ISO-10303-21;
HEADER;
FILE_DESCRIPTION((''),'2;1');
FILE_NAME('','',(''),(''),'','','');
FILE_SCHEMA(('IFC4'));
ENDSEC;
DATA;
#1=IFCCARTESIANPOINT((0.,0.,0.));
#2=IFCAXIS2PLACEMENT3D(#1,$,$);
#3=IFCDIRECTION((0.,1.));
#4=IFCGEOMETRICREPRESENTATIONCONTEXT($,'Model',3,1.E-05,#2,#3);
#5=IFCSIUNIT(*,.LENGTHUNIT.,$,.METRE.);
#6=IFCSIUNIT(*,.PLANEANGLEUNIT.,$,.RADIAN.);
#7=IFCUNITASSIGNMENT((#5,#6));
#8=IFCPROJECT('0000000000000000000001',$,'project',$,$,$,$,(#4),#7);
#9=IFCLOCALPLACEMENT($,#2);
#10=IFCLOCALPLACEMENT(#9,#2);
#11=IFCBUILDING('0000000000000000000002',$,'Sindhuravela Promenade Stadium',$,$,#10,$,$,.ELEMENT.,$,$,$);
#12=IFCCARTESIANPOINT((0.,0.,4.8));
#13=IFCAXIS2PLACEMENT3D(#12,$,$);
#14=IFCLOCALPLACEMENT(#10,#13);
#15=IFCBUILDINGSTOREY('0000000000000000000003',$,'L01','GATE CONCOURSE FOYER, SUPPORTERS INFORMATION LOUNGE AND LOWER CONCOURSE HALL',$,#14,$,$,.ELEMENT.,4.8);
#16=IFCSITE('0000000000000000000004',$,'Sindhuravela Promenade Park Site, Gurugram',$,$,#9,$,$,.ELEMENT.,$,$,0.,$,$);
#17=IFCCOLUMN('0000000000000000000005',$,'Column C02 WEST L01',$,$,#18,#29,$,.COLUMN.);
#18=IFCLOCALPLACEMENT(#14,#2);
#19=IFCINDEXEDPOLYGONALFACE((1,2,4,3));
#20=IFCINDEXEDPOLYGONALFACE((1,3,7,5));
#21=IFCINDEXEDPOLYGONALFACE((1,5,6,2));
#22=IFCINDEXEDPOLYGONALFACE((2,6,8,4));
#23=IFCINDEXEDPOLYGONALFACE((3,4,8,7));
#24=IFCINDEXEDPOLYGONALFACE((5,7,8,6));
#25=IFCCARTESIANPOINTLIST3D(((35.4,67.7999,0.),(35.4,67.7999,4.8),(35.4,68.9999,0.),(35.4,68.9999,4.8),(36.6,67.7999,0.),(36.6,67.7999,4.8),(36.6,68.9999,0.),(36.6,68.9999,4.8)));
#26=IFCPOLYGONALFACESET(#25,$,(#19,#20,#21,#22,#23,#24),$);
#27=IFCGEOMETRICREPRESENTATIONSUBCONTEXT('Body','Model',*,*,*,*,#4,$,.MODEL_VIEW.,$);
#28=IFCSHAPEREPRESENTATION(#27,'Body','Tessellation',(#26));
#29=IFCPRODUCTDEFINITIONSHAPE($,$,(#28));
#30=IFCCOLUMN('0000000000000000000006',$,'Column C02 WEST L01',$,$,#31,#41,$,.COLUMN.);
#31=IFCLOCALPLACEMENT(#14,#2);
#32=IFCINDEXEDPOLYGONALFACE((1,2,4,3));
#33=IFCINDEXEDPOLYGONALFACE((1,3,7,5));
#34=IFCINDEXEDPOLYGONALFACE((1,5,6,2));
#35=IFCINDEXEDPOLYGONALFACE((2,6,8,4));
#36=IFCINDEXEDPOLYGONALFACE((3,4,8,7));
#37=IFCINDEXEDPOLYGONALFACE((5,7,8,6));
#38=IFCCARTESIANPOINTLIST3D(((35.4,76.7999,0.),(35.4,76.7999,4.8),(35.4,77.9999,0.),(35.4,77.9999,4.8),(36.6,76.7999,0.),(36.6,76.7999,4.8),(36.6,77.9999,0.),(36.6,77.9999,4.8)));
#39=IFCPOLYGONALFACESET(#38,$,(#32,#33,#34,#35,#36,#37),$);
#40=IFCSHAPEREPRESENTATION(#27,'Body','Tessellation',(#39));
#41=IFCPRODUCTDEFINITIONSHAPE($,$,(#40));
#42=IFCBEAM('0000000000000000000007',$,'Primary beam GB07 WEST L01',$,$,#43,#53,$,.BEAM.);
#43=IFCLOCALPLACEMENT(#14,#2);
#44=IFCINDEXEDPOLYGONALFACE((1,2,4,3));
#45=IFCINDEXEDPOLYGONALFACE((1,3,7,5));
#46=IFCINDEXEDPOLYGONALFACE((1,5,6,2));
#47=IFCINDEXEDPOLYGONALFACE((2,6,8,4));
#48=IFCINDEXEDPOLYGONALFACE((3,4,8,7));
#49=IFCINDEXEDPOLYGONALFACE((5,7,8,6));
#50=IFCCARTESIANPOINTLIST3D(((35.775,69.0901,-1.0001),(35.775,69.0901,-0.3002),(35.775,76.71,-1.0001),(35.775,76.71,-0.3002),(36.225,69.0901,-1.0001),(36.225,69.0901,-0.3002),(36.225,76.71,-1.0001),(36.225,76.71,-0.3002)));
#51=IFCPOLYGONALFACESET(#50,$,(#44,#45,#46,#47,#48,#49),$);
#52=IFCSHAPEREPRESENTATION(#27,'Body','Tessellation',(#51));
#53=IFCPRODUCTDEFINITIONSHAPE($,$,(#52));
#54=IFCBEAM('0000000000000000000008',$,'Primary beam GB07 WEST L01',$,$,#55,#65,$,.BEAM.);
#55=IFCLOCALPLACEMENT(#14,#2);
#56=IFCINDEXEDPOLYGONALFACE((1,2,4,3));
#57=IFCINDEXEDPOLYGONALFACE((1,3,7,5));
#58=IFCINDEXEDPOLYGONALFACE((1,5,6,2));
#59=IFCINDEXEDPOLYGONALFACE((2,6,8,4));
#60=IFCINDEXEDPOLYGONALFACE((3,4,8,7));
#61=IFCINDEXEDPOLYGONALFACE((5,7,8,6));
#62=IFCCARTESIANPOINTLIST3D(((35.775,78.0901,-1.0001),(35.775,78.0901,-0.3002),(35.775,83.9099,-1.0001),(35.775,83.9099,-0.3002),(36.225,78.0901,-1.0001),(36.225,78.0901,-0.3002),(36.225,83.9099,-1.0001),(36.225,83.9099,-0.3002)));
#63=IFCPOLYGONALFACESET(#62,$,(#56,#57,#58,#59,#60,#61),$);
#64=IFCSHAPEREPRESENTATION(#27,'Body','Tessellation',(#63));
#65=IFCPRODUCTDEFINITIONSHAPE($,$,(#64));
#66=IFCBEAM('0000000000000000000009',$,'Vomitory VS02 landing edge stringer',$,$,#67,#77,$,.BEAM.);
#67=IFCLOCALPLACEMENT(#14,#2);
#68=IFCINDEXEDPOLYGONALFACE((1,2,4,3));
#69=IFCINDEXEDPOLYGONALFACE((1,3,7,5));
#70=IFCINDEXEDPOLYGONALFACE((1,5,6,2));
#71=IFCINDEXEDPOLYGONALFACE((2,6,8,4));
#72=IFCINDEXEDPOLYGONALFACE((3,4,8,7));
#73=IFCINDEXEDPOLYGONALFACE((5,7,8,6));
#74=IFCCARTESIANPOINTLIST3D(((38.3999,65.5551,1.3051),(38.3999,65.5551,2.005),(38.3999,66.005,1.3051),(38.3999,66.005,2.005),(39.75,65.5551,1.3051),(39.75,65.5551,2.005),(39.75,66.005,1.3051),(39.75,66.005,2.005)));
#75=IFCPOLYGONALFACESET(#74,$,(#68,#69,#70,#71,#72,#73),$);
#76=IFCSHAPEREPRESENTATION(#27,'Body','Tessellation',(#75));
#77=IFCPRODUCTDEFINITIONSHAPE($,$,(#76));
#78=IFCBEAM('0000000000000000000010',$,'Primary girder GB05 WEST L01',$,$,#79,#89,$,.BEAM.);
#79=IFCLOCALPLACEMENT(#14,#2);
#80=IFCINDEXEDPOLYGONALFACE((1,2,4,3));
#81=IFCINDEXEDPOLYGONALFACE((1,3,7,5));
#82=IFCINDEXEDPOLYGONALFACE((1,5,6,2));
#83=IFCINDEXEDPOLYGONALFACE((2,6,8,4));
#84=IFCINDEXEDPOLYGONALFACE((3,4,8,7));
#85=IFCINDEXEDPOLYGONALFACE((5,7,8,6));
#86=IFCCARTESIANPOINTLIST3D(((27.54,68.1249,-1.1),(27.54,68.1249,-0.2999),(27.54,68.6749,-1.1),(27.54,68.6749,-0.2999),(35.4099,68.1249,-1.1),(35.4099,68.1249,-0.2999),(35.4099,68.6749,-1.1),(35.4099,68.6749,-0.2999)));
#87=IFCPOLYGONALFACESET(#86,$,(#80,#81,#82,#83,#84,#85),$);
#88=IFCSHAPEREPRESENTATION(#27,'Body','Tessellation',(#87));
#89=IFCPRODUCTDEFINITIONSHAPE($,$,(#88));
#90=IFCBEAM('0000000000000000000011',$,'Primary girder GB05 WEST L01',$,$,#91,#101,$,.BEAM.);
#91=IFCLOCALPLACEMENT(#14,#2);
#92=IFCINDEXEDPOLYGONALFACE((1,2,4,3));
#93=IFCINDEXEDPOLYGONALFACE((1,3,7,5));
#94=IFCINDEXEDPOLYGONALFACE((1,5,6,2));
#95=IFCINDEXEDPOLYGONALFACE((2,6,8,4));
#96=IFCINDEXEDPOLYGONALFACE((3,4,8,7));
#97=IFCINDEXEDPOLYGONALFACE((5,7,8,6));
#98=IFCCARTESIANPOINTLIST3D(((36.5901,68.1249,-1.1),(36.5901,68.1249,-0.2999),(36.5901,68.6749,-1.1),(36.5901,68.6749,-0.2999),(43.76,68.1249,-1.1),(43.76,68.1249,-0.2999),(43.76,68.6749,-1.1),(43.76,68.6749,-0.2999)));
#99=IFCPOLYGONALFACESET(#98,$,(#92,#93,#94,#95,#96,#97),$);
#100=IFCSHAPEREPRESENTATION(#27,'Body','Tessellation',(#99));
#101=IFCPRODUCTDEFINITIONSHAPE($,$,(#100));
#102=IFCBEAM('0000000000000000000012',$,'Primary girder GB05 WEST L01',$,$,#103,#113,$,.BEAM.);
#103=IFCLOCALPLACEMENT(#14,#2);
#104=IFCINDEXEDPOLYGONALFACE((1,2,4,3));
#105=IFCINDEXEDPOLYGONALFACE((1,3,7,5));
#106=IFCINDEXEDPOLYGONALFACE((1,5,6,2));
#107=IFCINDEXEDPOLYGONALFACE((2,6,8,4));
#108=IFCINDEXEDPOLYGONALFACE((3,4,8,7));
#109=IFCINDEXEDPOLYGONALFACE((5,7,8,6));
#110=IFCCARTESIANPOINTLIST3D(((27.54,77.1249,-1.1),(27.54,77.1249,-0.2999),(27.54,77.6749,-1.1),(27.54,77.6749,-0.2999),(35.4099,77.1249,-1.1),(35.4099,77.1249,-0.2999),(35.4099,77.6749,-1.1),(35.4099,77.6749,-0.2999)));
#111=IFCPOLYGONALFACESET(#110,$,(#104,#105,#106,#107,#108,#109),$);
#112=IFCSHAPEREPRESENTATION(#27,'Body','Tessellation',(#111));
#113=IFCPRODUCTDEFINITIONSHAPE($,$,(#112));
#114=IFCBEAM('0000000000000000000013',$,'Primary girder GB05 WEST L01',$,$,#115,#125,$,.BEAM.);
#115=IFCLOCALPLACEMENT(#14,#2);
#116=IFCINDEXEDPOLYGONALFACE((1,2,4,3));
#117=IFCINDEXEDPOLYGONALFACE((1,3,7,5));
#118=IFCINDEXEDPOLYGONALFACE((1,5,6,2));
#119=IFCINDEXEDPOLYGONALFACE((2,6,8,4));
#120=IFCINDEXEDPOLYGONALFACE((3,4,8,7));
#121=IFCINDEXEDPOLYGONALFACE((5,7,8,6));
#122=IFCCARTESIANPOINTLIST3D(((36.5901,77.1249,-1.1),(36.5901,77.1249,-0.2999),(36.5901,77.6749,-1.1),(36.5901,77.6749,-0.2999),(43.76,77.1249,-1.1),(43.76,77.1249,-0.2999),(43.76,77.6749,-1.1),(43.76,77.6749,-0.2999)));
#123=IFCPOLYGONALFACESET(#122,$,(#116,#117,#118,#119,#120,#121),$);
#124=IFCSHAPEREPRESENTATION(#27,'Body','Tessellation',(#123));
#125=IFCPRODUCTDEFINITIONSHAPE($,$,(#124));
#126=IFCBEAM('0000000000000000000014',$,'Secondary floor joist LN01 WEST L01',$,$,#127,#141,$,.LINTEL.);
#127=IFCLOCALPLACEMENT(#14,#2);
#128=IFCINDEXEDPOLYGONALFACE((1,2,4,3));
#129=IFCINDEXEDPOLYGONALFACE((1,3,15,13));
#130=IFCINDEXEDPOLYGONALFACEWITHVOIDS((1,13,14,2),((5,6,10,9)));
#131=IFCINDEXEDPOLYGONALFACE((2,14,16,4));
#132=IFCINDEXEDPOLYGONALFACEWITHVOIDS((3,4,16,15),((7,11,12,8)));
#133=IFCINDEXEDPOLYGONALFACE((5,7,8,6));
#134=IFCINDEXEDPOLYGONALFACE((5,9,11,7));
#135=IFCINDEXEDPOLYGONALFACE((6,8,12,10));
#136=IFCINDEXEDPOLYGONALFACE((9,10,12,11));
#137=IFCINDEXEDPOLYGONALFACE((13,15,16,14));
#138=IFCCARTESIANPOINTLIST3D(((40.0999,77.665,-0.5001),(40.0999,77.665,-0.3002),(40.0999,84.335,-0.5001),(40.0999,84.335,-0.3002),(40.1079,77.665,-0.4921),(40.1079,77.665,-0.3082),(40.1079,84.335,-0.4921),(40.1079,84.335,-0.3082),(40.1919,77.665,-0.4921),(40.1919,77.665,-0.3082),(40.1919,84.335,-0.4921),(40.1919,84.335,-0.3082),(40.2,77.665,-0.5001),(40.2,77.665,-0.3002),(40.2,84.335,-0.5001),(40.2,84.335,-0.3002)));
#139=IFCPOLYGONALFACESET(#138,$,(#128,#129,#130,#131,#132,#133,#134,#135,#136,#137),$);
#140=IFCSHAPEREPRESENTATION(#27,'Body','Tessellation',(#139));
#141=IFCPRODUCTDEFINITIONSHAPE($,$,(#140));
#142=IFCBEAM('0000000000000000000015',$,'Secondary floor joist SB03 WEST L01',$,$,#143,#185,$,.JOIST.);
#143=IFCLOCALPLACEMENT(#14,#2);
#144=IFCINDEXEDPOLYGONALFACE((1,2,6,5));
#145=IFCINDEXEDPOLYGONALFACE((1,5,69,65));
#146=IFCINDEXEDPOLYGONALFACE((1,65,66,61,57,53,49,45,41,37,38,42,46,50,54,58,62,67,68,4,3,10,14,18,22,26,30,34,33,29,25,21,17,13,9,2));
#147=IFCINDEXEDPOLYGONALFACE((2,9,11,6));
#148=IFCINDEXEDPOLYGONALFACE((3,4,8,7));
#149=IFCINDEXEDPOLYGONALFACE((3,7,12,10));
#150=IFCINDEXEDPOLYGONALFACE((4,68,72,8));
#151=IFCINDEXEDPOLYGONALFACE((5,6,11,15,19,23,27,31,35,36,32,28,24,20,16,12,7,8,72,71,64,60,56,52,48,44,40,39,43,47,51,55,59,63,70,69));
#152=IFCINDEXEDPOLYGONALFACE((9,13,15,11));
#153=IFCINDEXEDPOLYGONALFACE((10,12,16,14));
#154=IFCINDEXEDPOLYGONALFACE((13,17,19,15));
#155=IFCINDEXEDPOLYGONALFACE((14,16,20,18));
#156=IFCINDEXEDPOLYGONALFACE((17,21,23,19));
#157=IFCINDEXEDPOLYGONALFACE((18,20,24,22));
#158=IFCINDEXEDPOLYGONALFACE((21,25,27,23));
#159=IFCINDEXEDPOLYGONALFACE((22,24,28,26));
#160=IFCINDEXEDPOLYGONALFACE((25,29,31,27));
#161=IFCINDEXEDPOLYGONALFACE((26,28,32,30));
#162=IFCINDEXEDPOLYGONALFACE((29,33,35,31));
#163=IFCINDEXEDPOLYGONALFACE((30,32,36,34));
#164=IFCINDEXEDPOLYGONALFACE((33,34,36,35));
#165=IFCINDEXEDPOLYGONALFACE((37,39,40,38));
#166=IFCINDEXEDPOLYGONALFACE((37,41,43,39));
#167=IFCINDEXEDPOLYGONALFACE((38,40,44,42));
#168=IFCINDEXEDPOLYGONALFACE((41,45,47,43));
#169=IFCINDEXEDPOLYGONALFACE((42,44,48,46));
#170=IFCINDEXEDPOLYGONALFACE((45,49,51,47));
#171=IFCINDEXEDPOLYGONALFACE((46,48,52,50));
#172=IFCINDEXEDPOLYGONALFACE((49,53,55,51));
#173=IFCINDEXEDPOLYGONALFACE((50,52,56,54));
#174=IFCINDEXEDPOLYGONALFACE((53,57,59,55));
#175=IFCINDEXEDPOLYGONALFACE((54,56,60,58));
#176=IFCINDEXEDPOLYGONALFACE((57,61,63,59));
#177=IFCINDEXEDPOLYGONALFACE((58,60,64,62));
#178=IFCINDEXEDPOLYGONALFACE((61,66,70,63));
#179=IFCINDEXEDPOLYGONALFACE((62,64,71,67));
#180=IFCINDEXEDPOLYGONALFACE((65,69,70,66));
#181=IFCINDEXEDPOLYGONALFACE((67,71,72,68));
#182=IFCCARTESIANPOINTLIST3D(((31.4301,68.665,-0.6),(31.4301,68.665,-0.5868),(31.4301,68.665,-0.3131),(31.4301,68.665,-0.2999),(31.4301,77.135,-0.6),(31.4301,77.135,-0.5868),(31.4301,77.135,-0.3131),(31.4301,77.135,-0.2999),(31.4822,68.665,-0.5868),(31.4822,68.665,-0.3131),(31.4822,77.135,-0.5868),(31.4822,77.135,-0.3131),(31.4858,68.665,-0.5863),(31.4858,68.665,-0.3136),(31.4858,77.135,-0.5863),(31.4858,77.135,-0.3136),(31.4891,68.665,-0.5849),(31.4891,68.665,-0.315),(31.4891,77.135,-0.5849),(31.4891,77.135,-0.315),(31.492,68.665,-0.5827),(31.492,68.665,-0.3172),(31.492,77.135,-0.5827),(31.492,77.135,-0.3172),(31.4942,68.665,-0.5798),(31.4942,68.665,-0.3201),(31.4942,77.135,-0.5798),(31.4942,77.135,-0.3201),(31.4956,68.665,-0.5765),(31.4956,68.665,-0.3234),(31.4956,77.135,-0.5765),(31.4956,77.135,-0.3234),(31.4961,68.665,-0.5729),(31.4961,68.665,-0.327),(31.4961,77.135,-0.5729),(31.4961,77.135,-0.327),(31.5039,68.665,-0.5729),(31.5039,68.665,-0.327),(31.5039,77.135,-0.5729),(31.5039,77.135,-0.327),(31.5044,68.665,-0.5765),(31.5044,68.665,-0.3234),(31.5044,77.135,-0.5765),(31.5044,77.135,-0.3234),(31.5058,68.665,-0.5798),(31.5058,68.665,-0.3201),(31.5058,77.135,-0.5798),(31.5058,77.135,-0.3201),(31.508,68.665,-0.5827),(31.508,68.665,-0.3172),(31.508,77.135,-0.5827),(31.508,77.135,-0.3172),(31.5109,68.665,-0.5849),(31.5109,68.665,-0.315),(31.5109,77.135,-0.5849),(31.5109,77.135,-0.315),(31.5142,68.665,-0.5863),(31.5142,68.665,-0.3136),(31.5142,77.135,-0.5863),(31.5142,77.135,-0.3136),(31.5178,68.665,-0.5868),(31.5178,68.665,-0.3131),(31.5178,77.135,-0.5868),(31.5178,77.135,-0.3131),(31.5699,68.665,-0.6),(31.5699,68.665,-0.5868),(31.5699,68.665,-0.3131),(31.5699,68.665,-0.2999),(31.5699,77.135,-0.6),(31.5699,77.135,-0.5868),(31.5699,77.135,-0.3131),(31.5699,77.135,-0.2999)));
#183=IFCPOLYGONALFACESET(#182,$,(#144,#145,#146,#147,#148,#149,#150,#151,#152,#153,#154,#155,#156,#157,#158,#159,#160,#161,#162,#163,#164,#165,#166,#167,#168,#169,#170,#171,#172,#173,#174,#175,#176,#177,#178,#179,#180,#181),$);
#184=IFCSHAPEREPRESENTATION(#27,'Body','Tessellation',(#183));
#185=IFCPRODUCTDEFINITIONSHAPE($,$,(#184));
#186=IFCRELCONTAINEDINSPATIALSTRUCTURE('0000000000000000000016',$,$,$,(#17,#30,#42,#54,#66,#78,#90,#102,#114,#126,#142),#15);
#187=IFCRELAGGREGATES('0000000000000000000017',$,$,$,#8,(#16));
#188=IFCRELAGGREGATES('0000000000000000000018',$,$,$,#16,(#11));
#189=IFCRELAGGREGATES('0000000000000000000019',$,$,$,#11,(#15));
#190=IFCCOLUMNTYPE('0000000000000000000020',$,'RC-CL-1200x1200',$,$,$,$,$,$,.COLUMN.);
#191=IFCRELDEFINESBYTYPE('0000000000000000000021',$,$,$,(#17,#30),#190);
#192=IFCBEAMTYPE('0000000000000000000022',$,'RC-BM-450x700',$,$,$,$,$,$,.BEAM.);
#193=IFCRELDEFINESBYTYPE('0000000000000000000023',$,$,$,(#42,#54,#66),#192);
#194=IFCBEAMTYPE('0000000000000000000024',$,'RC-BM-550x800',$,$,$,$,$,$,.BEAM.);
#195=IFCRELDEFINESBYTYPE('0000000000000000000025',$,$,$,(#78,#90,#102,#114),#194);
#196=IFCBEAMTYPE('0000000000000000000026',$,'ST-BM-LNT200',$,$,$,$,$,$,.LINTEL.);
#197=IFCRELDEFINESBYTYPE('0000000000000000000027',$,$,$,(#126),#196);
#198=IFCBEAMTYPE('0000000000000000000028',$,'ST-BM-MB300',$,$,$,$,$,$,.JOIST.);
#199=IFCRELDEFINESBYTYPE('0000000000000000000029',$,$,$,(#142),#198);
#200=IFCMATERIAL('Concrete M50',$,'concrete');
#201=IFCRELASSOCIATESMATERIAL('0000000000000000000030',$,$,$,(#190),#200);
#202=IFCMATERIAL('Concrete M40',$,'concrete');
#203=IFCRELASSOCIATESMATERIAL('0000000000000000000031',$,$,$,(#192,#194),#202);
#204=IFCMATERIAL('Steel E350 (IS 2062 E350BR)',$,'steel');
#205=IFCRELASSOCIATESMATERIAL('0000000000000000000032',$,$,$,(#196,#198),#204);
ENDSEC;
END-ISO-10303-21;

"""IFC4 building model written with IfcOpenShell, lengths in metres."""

from ifc_helpers import new_model, si_unit, direction, frame, origin, origin_2d, place, context, subcontext, project, spatial, rectangle, hollow_rectangle, i_section, extrude, material, material_profile, profile_set, type_object, element, save


model = new_model("IFC4")

# Units and contexts
model_context = context("Model", 3, precision=1e-05, world=origin(), true_north=direction((0.0, 1.0)))
body_context = subcontext(model_context, "Body", "Model", "MODEL_VIEW")
ifc_project = project(units=[si_unit("LENGTHUNIT", "METRE"), si_unit("PLANEANGLEUNIT", "RADIAN")], contexts=[model_context])

# Site, building, storey
site_placement = place(None, origin())
site = spatial("IfcSite", under=ifc_project, at=site_placement, Name="Sindhuravela Promenade Park Site, Gurugram", CompositionType="ELEMENT", RefElevation=0.0)
building_placement = place(site_placement, origin())
building = spatial("IfcBuilding", under=site, at=building_placement, Name="Sindhuravela Promenade Stadium", CompositionType="ELEMENT")
storey_placement = place(building_placement, frame((0.0, 0.0, 4.8)))
storey = spatial("IfcBuildingStorey", under=building, at=storey_placement, Name="L01", Description="GATE CONCOURSE FOYER, SUPPORTERS INFORMATION LOUNGE AND LOWER CONCOURSE HALL", CompositionType="ELEMENT", Elevation=4.8)

# Columns
ifc_material_1 = material(Name="Concrete M50", Category="concrete")
ifc_material_profile_1 = material_profile(ifc_material_1, rectangle(XDim=1.2, YDim=1.2, at=origin_2d()), Name="RC 1200x1200")
ifc_profile_set_1 = profile_set([ifc_material_profile_1], Name="Concrete M50")
column_type = type_object("IfcColumnType", Name="RC-CL-1200x1200", PredefinedType="COLUMN", material=ifc_profile_set_1)
for number, where, z_axis, x_axis, name in (
    (1, (36.0, 68.3999, 0.0), (0.0, 0.0, 1.0), (1.0, 0.0, 0.0), "Column C02 WEST L01"),
    (2, (36.0, 77.3999, 0.0), (0.0, 0.0, 1.0), (1.0, 0.0, 0.0), "Column C02 WEST L01"),
):
    element("IfcColumn", number, at=place(storey_placement, frame(where, z_axis=z_axis, x_axis=x_axis)), inside=storey, type_object=column_type, Name=name, PredefinedType="COLUMN", context=body_context, shape_type="SweptSolid", body=[
        extrude(rectangle(XDim=1.2, YDim=1.2, at=origin_2d()), origin(), (0.0, 0.0, 1.0), 4.8),
    ])

# Beams
ifc_material_2 = material(Name="Concrete M40", Category="concrete")
ifc_material_profile_2 = material_profile(ifc_material_2, rectangle(XDim=0.45, YDim=0.7, at=origin_2d()), Name="RC 450x700")
ifc_profile_set_2 = profile_set([ifc_material_profile_2], Name="Concrete M40")
beam_type_1 = type_object("IfcBeamType", Name="RC-BM-450x700", PredefinedType="BEAM", material=ifc_profile_set_2)
beam_1_placement = place(storey_placement, frame((36.0, 69.0901, -0.6501), z_axis=(0.0, 1.0, 0.0), x_axis=(-1.0, 0.0, 0.0)))
element("IfcBeam", 3, at=beam_1_placement, inside=storey, type_object=beam_type_1, Name="Primary beam GB07 WEST L01", PredefinedType="BEAM", context=body_context, shape_type="SweptSolid", body=[
    extrude(rectangle(XDim=0.45, YDim=0.7, at=origin_2d()), origin(), (0.0, 0.0, 1.0), 7.6199),
])
beam_2_placement = place(storey_placement, frame((36.0, 78.0901, -0.6501), z_axis=(0.0, 1.0, 0.0), x_axis=(-1.0, 0.0, 0.0)))
element("IfcBeam", 4, at=beam_2_placement, inside=storey, type_object=beam_type_1, Name="Primary beam GB07 WEST L01", PredefinedType="BEAM", context=body_context, shape_type="SweptSolid", body=[
    extrude(rectangle(XDim=0.45, YDim=0.7, at=origin_2d()), origin(), (0.0, 0.0, 1.0), 5.8198),
])
beam_3_placement = place(storey_placement, frame((39.75, 65.78, 1.655), z_axis=(-1.0, 0.0, 0.0), x_axis=(0.0, -1.0, 0.0)))
element("IfcBeam", 5, at=beam_3_placement, inside=storey, type_object=beam_type_1, Name="Vomitory VS02 landing edge stringer", PredefinedType="BEAM", context=body_context, shape_type="SweptSolid", body=[
    extrude(rectangle(XDim=0.45, YDim=0.7, at=origin_2d()), origin(), (0.0, 0.0, 1.0), 1.3501),
])
ifc_material_profile_3 = material_profile(ifc_material_2, rectangle(XDim=0.55, YDim=0.8, at=origin_2d()), Name="RC 550x800")
ifc_profile_set_3 = profile_set([ifc_material_profile_3], Name="Concrete M40")
beam_type_2 = type_object("IfcBeamType", Name="RC-BM-550x800", PredefinedType="BEAM", material=ifc_profile_set_3)
beam_4_placement = place(storey_placement, frame((27.54, 68.3999, -0.7), z_axis=(1.0, 0.0, 0.0), x_axis=(0.0, 1.0, 0.0)))
element("IfcBeam", 6, at=beam_4_placement, inside=storey, type_object=beam_type_2, Name="Primary girder GB05 WEST L01", PredefinedType="BEAM", context=body_context, shape_type="SweptSolid", body=[
    extrude(rectangle(XDim=0.55, YDim=0.8, at=origin_2d()), origin(), (0.0, 0.0, 1.0), 7.8699),
])
beam_5_placement = place(storey_placement, frame((36.5901, 68.3999, -0.7), z_axis=(1.0, 0.0, 0.0), x_axis=(0.0, 1.0, 0.0)))
element("IfcBeam", 7, at=beam_5_placement, inside=storey, type_object=beam_type_2, Name="Primary girder GB05 WEST L01", PredefinedType="BEAM", context=body_context, shape_type="SweptSolid", body=[
    extrude(rectangle(XDim=0.55, YDim=0.8, at=origin_2d()), origin(), (0.0, 0.0, 1.0), 7.1699),
])
beam_6_placement = place(storey_placement, frame((27.54, 77.3999, -0.7), z_axis=(1.0, 0.0, 0.0), x_axis=(0.0, 1.0, 0.0)))
element("IfcBeam", 8, at=beam_6_placement, inside=storey, type_object=beam_type_2, Name="Primary girder GB05 WEST L01", PredefinedType="BEAM", context=body_context, shape_type="SweptSolid", body=[
    extrude(rectangle(XDim=0.55, YDim=0.8, at=origin_2d()), origin(), (0.0, 0.0, 1.0), 7.8699),
])
beam_7_placement = place(storey_placement, frame((36.5901, 77.3999, -0.7), z_axis=(1.0, 0.0, 0.0), x_axis=(0.0, 1.0, 0.0)))
element("IfcBeam", 9, at=beam_7_placement, inside=storey, type_object=beam_type_2, Name="Primary girder GB05 WEST L01", PredefinedType="BEAM", context=body_context, shape_type="SweptSolid", body=[
    extrude(rectangle(XDim=0.55, YDim=0.8, at=origin_2d()), origin(), (0.0, 0.0, 1.0), 7.1699),
])
ifc_material_3 = material(Name="Steel E350 (IS 2062 E350BR)", Category="steel")
ifc_material_profile_4 = material_profile(ifc_material_3, hollow_rectangle(XDim=0.1001, YDim=0.2, WallThickness=0.0081, at=origin_2d()), Name="RHS 200x100x8")
ifc_profile_set_4 = profile_set([ifc_material_profile_4], Name="Steel E350 (IS 2062 E350BR)")
beam_type_3 = type_object("IfcBeamType", Name="ST-BM-LNT200", PredefinedType="LINTEL", material=ifc_profile_set_4)
beam_8_placement = place(storey_placement, frame((40.1499, 77.665, -0.4001), z_axis=(0.0, 1.0, 0.0), x_axis=(-1.0, 0.0, 0.0)))
element("IfcBeam", 10, at=beam_8_placement, inside=storey, type_object=beam_type_3, Name="Secondary floor joist LN01 WEST L01", PredefinedType="LINTEL", context=body_context, shape_type="SweptSolid", body=[
    extrude(hollow_rectangle(XDim=0.1001, YDim=0.2, WallThickness=0.0081, at=origin_2d()), origin(), (0.0, 0.0, 1.0), 6.6699),
])
ifc_material_profile_5 = material_profile(ifc_material_3, i_section(OverallWidth=0.1399, OverallDepth=0.3, WebThickness=0.0078, FlangeThickness=0.0132, FilletRadius=0.0139, at=origin_2d()), Name="ISMB 300")
ifc_profile_set_5 = profile_set([ifc_material_profile_5], Name="Steel E350 (IS 2062 E350BR)")
beam_type_4 = type_object("IfcBeamType", Name="ST-BM-MB300", PredefinedType="JOIST", material=ifc_profile_set_5)
beam_9_placement = place(storey_placement, frame((31.5, 68.665, -0.45), z_axis=(0.0, 1.0, 0.0), x_axis=(-1.0, 0.0, 0.0)))
element("IfcBeam", 11, at=beam_9_placement, inside=storey, type_object=beam_type_4, Name="Secondary floor joist SB03 WEST L01", PredefinedType="JOIST", context=body_context, shape_type="SweptSolid", body=[
    extrude(i_section(OverallWidth=0.1399, OverallDepth=0.3, WebThickness=0.0078, FlangeThickness=0.0132, FilletRadius=0.0139, at=origin_2d()), origin(), (0.0, 0.0, 1.0), 8.47),
])

save(model, "model.ifc")
